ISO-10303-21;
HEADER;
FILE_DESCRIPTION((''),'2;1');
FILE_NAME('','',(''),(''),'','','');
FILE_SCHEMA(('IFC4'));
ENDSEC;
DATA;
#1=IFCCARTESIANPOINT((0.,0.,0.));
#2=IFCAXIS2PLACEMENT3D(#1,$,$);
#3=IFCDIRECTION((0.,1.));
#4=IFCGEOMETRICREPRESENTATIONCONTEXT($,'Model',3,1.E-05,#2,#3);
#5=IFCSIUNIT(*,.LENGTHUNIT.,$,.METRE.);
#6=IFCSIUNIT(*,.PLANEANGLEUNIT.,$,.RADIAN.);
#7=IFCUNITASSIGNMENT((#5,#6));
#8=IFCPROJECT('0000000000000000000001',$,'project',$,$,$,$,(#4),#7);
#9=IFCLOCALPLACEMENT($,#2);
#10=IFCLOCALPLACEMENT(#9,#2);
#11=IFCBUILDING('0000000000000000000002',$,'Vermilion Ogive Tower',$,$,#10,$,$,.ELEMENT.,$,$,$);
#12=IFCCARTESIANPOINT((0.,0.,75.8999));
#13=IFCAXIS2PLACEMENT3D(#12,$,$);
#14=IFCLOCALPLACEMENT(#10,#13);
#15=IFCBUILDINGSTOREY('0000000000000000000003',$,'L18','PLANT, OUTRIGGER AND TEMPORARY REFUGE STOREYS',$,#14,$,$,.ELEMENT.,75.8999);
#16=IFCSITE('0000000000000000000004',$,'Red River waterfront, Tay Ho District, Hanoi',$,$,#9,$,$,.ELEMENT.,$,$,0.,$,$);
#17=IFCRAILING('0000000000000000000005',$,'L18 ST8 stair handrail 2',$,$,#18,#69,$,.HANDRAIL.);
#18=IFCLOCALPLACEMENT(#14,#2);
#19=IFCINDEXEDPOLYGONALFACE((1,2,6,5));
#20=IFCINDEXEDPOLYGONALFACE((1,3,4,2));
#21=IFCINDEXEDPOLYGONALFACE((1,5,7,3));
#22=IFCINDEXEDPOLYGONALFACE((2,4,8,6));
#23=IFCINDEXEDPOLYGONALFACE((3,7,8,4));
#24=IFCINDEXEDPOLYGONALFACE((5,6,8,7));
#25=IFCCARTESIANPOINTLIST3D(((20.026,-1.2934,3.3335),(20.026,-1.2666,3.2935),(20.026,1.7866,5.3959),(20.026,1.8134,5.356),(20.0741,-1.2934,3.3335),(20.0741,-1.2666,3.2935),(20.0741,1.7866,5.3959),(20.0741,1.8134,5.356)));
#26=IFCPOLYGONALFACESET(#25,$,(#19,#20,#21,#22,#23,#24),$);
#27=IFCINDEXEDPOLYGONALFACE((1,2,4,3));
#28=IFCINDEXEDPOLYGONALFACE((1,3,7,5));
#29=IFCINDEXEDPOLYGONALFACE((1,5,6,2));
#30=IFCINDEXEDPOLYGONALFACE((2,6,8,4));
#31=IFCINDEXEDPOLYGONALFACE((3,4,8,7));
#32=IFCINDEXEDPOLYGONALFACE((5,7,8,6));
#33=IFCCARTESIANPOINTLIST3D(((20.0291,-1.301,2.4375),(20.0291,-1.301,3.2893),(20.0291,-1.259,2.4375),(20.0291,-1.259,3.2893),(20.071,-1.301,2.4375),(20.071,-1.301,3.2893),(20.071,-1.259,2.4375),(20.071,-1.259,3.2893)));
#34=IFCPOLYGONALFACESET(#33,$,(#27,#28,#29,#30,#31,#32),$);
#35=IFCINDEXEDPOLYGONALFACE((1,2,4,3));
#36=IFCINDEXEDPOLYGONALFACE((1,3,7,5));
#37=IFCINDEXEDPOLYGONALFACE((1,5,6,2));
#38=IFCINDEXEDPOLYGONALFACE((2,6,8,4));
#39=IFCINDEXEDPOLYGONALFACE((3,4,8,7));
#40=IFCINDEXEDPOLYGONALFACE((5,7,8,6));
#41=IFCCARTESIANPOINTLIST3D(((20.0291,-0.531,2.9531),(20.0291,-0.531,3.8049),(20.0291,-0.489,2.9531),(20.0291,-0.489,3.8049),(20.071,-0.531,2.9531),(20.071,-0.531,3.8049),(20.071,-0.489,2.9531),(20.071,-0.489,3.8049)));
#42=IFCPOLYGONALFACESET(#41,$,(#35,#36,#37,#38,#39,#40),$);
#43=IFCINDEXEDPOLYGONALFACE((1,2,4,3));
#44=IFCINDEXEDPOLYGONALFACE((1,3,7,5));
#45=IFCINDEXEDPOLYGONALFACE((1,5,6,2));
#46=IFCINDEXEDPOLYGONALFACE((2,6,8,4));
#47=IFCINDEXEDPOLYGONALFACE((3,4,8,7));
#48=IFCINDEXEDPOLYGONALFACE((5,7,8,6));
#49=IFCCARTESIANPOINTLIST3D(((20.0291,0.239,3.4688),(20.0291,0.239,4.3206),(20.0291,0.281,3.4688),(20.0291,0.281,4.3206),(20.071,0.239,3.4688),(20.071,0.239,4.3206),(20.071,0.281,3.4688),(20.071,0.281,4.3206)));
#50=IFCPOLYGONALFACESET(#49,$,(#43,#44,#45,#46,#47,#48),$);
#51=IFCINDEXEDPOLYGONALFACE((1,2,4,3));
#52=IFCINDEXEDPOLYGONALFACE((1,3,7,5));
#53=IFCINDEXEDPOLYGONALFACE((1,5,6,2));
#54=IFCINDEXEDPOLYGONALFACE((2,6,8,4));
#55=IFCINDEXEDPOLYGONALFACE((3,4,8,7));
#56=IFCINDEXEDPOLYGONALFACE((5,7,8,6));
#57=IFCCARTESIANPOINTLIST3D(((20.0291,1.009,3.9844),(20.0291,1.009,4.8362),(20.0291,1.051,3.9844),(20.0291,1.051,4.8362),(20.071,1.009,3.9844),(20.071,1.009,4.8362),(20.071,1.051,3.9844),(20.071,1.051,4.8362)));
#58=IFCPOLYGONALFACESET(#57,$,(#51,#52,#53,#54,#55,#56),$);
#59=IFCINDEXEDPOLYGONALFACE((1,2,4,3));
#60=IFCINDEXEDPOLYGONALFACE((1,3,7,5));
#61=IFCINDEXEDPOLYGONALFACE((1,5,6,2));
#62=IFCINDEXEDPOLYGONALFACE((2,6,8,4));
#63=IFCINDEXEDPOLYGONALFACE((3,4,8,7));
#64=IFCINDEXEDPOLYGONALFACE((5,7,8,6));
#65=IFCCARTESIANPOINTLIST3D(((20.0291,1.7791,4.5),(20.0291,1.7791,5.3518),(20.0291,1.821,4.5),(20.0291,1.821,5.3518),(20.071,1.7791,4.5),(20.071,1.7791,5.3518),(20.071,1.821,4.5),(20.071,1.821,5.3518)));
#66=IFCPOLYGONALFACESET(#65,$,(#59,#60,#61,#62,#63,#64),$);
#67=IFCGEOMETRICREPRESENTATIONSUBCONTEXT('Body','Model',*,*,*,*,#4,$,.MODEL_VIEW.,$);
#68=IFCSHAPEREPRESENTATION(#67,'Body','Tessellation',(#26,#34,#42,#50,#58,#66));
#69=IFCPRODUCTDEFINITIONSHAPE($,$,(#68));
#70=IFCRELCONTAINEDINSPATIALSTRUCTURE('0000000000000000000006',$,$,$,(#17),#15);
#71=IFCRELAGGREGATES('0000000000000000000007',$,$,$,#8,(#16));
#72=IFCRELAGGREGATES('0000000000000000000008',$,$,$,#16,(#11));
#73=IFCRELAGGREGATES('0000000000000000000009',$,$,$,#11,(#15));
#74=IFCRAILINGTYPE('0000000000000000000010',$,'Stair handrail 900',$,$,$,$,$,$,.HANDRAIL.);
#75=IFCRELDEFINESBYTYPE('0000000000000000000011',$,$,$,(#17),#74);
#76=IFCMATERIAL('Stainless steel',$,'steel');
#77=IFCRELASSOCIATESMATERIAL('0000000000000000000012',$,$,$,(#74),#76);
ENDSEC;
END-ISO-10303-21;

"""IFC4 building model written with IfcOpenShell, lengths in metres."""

from ifc_helpers import new_model, si_unit, direction, frame, origin, origin_2d, place, context, subcontext, project, spatial, rectangle, extrude, material, type_object, element, save


model = new_model("IFC4")

# Units and contexts
model_context = context("Model", 3, precision=1e-05, world=origin(), true_north=direction((0.0, 1.0)))
body_context = subcontext(model_context, "Body", "Model", "MODEL_VIEW")
ifc_project = project(units=[si_unit("LENGTHUNIT", "METRE"), si_unit("PLANEANGLEUNIT", "RADIAN")], contexts=[model_context])

# Site, building, storey
site_placement = place(None, origin())
site = spatial("IfcSite", under=ifc_project, at=site_placement, Name="Red River waterfront, Tay Ho District, Hanoi", CompositionType="ELEMENT", RefElevation=0.0)
building_placement = place(site_placement, origin())
building = spatial("IfcBuilding", under=site, at=building_placement, Name="Vermilion Ogive Tower", CompositionType="ELEMENT")
storey_placement = place(building_placement, frame((0.0, 0.0, 75.8999)))
storey = spatial("IfcBuildingStorey", under=building, at=storey_placement, Name="L18", Description="PLANT, OUTRIGGER AND TEMPORARY REFUGE STOREYS", CompositionType="ELEMENT", Elevation=75.8999)

# Railing
ifc_material_1 = material(Name="Stainless steel", Category="steel")
railing_type_1 = type_object("IfcRailingType", Name="Stair handrail 900", PredefinedType="HANDRAIL", material=ifc_material_1)
railing_1_placement = place(storey_placement, frame((20.05, -1.28, 2.4375)))
element("IfcRailing", 1, at=railing_1_placement, inside=storey, type_object=railing_type_1, Name="L18 ST8 stair handrail 2", PredefinedType="HANDRAIL", context=body_context, shape_type="SweptSolid", body=[
    extrude(rectangle(XDim=0.0481, YDim=0.0481, at=origin_2d()), frame((0.0, 0.0, 0.876), z_axis=(0.0, 0.830914, 0.556401), x_axis=(-1.0, 0.0, 0.0)), (0.0, 0.0, 1.0), 3.7068),
    extrude(rectangle(XDim=0.042, YDim=0.042, at=origin_2d()), origin(), (0.0, 0.0, 1.0), 0.8518),
    extrude(rectangle(XDim=0.042, YDim=0.042, at=origin_2d()), frame((0.0, 0.77, 0.5156)), (0.0, 0.0, 1.0), 0.8518),
    extrude(rectangle(XDim=0.042, YDim=0.042, at=origin_2d()), frame((0.0, 1.54, 1.0312)), (0.0, 0.0, 1.0), 0.8518),
    extrude(rectangle(XDim=0.042, YDim=0.042, at=origin_2d()), frame((0.0, 2.3101, 1.5469)), (0.0, 0.0, 1.0), 0.8518),
    extrude(rectangle(XDim=0.042, YDim=0.042, at=origin_2d()), frame((0.0, 3.0801, 2.0625)), (0.0, 0.0, 1.0), 0.8518),
])

save(model, "model.ifc")
